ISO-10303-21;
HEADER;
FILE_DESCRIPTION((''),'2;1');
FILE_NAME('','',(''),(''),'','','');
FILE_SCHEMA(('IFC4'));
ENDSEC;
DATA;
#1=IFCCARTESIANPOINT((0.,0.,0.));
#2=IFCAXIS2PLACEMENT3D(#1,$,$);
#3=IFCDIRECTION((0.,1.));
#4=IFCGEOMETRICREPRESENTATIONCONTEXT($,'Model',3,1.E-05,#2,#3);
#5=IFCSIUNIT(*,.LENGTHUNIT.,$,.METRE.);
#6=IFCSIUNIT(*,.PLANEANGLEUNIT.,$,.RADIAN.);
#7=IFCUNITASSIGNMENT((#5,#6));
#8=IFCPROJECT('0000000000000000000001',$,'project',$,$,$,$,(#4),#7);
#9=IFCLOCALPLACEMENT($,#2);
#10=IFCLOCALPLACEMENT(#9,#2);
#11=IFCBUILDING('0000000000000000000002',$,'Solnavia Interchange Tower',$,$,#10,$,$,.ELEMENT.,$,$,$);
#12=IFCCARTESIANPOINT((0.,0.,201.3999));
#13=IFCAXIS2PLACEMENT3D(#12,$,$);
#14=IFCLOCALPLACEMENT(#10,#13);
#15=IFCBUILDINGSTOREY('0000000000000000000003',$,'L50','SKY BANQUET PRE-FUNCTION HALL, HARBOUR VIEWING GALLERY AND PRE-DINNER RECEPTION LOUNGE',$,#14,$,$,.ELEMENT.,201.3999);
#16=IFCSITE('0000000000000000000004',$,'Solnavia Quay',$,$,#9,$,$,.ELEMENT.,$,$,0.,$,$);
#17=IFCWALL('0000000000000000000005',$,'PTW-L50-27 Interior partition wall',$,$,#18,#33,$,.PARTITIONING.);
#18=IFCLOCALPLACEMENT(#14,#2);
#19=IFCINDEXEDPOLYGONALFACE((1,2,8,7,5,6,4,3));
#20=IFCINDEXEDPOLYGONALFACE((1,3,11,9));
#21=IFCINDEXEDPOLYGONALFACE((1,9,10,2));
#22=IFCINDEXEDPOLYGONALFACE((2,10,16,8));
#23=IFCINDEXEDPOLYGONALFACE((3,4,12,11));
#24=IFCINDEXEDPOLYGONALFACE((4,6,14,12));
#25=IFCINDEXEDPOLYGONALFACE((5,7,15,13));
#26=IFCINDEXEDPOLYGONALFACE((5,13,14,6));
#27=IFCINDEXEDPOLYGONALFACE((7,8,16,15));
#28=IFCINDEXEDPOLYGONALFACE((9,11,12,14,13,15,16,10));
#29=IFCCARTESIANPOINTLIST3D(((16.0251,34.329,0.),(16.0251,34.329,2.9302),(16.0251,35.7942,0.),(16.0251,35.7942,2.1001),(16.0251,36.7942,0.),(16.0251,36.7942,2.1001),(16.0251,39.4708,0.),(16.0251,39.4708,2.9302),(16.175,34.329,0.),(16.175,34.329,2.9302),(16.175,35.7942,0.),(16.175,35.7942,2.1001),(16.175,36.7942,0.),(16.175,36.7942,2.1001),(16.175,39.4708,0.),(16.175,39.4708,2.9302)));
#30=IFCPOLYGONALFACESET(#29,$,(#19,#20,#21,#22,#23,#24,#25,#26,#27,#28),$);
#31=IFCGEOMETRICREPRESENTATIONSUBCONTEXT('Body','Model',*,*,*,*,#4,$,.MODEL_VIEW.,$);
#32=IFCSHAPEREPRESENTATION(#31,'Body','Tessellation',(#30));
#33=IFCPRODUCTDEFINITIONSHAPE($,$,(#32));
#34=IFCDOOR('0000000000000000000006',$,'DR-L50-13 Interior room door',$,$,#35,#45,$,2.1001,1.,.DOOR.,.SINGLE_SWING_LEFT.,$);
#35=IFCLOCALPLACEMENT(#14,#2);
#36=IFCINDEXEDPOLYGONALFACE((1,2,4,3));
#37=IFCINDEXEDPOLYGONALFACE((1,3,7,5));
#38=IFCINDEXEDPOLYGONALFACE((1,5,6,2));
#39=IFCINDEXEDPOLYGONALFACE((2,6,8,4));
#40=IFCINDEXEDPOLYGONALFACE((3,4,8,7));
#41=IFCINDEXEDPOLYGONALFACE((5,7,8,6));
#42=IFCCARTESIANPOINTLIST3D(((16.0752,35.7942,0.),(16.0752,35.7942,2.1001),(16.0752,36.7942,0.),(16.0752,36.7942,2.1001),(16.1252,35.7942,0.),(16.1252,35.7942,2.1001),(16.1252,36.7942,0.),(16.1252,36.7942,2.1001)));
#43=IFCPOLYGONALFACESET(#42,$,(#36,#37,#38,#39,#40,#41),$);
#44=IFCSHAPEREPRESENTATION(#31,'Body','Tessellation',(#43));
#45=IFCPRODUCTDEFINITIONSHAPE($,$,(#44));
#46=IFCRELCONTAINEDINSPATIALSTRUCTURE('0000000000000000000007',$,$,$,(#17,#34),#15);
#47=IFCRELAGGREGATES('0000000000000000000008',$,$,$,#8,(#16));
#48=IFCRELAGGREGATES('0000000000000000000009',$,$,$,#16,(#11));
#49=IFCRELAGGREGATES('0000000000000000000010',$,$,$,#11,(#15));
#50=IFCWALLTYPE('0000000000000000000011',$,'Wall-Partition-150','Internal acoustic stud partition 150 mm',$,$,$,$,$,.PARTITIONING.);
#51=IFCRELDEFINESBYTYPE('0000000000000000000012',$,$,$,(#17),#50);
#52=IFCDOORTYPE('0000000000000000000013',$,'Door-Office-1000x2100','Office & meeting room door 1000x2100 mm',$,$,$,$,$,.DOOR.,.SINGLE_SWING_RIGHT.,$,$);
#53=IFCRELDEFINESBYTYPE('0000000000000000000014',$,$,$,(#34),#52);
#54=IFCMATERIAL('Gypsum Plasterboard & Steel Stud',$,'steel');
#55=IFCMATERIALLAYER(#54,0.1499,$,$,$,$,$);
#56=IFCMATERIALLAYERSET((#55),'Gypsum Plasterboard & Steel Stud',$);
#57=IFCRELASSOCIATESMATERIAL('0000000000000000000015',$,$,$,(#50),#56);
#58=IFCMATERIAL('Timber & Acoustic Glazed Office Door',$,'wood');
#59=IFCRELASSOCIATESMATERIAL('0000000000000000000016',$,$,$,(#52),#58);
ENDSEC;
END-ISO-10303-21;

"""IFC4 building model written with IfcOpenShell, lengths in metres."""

from ifc_helpers import new_model, si_unit, direction, frame, frame_2d, origin, place, context, subcontext, project, spatial, rectangle, extrude, material, layer, layer_set, type_object, element, fill, save


model = new_model("IFC4")

# Units and contexts
model_context = context("Model", 3, precision=1e-05, world=origin(), true_north=direction((0.0, 1.0)))
body_context = subcontext(model_context, "Body", "Model", "MODEL_VIEW")
ifc_project = project(units=[si_unit("LENGTHUNIT", "METRE"), si_unit("PLANEANGLEUNIT", "RADIAN")], contexts=[model_context])

# Site, building, storey
site_placement = place(None, origin())
site = spatial("IfcSite", under=ifc_project, at=site_placement, Name="Solnavia Quay", CompositionType="ELEMENT", RefElevation=0.0)
building_placement = place(site_placement, origin())
building = spatial("IfcBuilding", under=site, at=building_placement, Name="Solnavia Interchange Tower", CompositionType="ELEMENT")
storey_placement = place(building_placement, frame((0.0, 0.0, 201.3999)))
storey = spatial("IfcBuildingStorey", under=building, at=storey_placement, Name="L50", Description="SKY BANQUET PRE-FUNCTION HALL, HARBOUR VIEWING GALLERY AND PRE-DINNER RECEPTION LOUNGE", CompositionType="ELEMENT", Elevation=201.3999)

# Shared definitions
ifc_material_1 = material(Name="Gypsum Plasterboard & Steel Stud", Category="steel")
ifc_layer_1 = layer(ifc_material_1, 0.1499)
ifc_layer_set_1 = layer_set([ifc_layer_1], Name="Gypsum Plasterboard & Steel Stud")
wall_type_1 = type_object("IfcWallType", Name="Wall-Partition-150", Description="Internal acoustic stud partition 150 mm", PredefinedType="PARTITIONING", material=ifc_layer_set_1)

# Wall, opening, door
wall_1_placement = place(storey_placement, frame((16.1001, 34.3291, 0.0), z_axis=(0.0, 0.0, 1.0), x_axis=(0.0, 1.0, 0.0)))
wall_1 = element("IfcWall", 1, at=wall_1_placement, inside=storey, type_object=wall_type_1, Name="PTW-L50-27 Interior partition wall", PredefinedType="PARTITIONING", context=body_context, shape_type="SweptSolid", body=[
    extrude(rectangle(XDim=5.1418, YDim=0.1499, at=frame_2d((2.5708, 0.0))), origin(), (0.0, 0.0, 1.0), 2.9302),
])
opening_1_placement = place(wall_1_placement, frame((1.4651, 0.0, 0.0)))
opening_1 = element("IfcOpeningElement", 2, at=opening_1_placement, cuts=wall_1, PredefinedType="OPENING", context=body_context, shape_type="SweptSolid", body=[
    extrude(rectangle(XDim=1.0, YDim=2.1001, at=frame_2d((0.5, 1.05))), frame((0.0, 0.085, 0.0), z_axis=(0.0, -1.0, 0.0), x_axis=(1.0, 0.0, 0.0)), (0.0, 0.0, 1.0), 0.1699),
])
ifc_material_2 = material(Name="Timber & Acoustic Glazed Office Door", Category="wood")
door_type = type_object("IfcDoorType", Name="Door-Office-1000x2100", Description="Office & meeting room door 1000x2100 mm", OperationType="SINGLE_SWING_RIGHT", PredefinedType="DOOR", material=ifc_material_2)
door_placement = place(opening_1_placement, origin())
door = element("IfcDoor", 3, at=door_placement, inside=storey, type_object=door_type, Name="DR-L50-13 Interior room door", OperationType="SINGLE_SWING_LEFT", OverallHeight=2.1001, OverallWidth=1.0, PredefinedType="DOOR", context=body_context, shape_type="SweptSolid", body=[
    extrude(rectangle(XDim=1.0, YDim=2.1001, at=frame_2d((0.5, 1.05))), frame((0.0, 0.0249, 0.0), z_axis=(0.0, -1.0, 0.0), x_axis=(1.0, 0.0, 0.0)), (0.0, 0.0, 1.0), 0.05),
])
fill(opening_1, door)

save(model, "model.ifc")
